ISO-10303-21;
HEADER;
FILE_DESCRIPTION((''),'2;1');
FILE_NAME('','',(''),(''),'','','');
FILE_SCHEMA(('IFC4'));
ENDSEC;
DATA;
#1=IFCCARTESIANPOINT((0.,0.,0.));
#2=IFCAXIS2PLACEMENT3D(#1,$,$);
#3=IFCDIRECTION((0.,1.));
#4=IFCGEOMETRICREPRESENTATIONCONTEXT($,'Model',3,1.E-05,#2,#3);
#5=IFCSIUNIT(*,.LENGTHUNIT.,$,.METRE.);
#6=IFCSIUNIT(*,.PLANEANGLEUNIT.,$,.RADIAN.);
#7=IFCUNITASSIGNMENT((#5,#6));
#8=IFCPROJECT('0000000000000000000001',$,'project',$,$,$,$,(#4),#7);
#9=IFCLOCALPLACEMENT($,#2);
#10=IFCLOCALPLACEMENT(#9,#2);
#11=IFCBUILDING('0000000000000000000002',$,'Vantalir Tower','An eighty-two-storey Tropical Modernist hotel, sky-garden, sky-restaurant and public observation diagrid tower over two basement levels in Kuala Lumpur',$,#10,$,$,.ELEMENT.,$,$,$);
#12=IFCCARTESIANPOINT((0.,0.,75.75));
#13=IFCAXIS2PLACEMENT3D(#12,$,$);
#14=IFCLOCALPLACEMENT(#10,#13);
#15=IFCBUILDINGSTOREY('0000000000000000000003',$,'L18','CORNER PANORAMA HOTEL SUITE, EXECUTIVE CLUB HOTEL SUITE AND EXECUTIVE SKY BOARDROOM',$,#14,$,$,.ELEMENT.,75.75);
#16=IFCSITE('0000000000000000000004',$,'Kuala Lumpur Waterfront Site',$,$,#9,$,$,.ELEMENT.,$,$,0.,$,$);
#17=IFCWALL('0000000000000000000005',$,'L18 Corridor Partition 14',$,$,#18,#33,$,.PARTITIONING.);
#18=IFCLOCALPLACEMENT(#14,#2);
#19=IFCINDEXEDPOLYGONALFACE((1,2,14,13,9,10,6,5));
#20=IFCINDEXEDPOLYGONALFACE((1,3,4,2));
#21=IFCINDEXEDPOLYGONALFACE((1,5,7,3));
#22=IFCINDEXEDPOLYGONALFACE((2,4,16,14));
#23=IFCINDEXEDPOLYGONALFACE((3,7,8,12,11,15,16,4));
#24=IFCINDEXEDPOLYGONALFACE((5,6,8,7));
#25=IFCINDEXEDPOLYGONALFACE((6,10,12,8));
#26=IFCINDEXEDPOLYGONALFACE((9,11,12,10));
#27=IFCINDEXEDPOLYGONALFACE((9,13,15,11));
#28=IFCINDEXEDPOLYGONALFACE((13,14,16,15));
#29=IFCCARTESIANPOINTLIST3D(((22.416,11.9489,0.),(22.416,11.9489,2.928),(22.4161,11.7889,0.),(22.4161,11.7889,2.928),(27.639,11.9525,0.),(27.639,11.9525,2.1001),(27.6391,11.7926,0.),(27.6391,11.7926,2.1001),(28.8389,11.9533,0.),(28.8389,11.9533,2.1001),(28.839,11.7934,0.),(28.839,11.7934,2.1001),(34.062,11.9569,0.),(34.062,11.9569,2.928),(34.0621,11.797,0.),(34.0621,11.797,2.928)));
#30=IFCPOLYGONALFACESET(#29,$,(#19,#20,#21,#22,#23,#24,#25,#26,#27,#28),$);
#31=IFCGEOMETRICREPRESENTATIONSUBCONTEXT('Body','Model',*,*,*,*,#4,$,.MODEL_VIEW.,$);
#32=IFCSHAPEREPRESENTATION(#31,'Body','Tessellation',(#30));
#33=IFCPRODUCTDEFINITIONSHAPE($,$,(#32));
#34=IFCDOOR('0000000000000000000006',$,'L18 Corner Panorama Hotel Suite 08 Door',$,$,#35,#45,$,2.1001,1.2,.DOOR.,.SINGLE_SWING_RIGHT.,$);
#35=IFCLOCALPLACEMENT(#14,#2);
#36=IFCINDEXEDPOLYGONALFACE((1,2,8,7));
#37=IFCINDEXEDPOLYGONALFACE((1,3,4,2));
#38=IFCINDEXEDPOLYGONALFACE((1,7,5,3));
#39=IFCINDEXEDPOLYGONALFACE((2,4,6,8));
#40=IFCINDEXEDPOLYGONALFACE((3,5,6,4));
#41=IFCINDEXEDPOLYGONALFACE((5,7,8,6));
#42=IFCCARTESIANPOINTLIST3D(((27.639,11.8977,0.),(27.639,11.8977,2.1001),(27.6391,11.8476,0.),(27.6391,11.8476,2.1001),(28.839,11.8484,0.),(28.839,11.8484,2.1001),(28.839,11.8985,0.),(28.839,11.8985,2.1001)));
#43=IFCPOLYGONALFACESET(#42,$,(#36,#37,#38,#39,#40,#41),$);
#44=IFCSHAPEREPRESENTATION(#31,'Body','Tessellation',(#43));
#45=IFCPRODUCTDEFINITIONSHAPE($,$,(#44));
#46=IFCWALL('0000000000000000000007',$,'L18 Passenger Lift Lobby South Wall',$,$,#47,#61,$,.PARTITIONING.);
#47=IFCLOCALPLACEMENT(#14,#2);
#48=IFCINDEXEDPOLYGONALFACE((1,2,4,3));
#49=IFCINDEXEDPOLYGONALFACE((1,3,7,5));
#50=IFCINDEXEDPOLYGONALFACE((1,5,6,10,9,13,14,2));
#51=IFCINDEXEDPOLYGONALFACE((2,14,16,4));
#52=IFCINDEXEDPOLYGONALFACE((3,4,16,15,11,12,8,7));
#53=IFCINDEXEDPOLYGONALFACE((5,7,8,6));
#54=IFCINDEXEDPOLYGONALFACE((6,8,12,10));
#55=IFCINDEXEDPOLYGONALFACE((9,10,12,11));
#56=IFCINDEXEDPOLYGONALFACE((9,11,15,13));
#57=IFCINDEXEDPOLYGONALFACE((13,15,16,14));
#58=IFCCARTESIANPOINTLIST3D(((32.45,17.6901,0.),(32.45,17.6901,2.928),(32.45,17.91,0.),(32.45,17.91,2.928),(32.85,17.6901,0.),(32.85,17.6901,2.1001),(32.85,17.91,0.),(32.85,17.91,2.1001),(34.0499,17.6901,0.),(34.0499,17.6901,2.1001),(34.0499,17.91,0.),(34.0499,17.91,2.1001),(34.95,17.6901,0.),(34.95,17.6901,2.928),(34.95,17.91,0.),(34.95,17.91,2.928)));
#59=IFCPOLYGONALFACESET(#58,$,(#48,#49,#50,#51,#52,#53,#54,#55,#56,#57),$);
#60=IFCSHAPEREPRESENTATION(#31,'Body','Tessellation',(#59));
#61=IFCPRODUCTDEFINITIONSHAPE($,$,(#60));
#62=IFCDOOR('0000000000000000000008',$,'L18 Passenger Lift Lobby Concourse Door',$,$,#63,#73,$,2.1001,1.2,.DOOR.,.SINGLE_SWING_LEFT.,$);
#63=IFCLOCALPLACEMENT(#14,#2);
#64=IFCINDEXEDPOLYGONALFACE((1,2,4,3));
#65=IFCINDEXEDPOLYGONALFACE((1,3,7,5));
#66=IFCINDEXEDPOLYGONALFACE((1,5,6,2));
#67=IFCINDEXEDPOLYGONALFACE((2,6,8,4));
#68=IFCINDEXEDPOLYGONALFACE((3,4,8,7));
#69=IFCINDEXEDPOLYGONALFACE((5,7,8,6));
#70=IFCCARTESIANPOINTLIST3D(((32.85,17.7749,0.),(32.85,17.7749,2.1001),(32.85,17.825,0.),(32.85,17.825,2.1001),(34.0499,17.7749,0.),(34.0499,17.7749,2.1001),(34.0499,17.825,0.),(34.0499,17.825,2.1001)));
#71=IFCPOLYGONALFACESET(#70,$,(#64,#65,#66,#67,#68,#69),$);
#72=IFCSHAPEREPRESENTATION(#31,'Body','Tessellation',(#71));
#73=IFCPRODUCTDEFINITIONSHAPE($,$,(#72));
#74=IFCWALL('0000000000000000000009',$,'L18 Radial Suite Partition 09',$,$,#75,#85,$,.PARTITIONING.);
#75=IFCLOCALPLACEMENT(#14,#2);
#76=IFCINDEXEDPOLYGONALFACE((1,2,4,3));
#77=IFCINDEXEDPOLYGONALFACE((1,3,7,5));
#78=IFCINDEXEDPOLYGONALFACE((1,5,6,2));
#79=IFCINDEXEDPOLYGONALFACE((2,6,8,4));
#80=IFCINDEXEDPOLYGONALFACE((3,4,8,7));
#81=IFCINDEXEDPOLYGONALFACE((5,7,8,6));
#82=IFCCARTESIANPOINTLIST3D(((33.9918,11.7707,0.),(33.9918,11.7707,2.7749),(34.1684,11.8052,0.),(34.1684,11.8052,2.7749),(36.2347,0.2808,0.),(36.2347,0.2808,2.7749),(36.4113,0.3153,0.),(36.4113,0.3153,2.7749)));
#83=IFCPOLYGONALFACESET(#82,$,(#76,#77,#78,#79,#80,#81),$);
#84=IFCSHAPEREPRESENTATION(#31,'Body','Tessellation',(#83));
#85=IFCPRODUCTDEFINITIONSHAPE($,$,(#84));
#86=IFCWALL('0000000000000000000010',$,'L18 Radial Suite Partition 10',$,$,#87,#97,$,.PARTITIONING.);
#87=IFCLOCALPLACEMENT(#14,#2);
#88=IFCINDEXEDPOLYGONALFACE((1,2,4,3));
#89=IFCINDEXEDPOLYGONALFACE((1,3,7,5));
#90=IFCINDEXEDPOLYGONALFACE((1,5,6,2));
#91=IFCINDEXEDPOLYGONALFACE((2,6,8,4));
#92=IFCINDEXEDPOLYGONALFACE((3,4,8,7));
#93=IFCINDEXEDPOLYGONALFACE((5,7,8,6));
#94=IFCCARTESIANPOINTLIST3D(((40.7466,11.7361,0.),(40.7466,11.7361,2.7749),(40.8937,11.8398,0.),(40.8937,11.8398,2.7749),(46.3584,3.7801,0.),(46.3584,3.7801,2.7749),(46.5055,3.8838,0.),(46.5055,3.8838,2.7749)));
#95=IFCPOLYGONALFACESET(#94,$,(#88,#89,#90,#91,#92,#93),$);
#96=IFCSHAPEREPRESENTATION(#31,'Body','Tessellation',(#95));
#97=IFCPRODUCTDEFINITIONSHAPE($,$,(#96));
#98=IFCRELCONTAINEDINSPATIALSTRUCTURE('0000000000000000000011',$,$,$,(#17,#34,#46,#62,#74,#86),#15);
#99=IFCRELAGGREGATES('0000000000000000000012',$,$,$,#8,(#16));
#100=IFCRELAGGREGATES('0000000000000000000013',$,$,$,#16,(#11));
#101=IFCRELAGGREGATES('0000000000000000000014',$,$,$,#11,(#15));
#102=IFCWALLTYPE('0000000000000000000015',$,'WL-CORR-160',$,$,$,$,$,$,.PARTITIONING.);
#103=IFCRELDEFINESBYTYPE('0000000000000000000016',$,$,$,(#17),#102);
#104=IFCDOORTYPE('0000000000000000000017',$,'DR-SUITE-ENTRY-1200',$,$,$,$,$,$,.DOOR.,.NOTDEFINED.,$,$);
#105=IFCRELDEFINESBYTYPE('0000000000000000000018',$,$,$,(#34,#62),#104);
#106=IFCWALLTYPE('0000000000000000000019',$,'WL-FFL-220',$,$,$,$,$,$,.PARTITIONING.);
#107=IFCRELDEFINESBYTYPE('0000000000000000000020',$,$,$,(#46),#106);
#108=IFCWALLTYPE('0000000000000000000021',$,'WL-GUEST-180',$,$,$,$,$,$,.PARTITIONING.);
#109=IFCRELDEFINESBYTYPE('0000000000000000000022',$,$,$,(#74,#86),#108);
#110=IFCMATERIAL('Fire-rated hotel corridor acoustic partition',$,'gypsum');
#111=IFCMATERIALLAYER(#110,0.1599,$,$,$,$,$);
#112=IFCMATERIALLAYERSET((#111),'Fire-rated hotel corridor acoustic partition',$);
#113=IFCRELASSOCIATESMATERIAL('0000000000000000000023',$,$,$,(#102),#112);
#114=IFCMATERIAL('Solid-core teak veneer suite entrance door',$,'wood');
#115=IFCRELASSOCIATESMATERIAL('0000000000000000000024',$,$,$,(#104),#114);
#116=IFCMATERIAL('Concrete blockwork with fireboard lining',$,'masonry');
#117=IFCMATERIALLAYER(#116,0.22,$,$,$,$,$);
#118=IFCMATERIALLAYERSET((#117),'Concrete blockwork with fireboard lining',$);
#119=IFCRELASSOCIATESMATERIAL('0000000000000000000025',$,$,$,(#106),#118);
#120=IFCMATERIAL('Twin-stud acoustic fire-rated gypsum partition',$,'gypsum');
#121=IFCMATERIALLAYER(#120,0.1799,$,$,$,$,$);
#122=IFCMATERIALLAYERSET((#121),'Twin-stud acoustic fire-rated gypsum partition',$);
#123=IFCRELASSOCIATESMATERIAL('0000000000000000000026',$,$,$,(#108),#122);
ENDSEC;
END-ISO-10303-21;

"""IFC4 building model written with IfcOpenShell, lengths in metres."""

from ifc_helpers import new_model, si_unit, direction, frame, frame_2d, origin, place, context, subcontext, project, spatial, rectangle, extrude, material, layer, layer_set, type_object, element, fill, save


model = new_model("IFC4")

# Units and contexts
model_context = context("Model", 3, precision=1e-05, world=origin(), true_north=direction((0.0, 1.0)))
body_context = subcontext(model_context, "Body", "Model", "MODEL_VIEW")
ifc_project = project(units=[si_unit("LENGTHUNIT", "METRE"), si_unit("PLANEANGLEUNIT", "RADIAN")], contexts=[model_context])

# Site, building, storey
site_placement = place(None, origin())
site = spatial("IfcSite", under=ifc_project, at=site_placement, Name="Kuala Lumpur Waterfront Site", CompositionType="ELEMENT", RefElevation=0.0)
building_placement = place(site_placement, origin())
building = spatial("IfcBuilding", under=site, at=building_placement, Name="Vantalir Tower", Description="An eighty-two-storey Tropical Modernist hotel, sky-garden, sky-restaurant and public observation diagrid tower over two basement levels in Kuala Lumpur", CompositionType="ELEMENT")
storey_placement = place(building_placement, frame((0.0, 0.0, 75.75)))
storey = spatial("IfcBuildingStorey", under=building, at=storey_placement, Name="L18", Description="CORNER PANORAMA HOTEL SUITE, EXECUTIVE CLUB HOTEL SUITE AND EXECUTIVE SKY BOARDROOM", CompositionType="ELEMENT", Elevation=75.75)

# Walls, openings, doors
ifc_material_1 = material(Name="Fire-rated hotel corridor acoustic partition", Category="gypsum")
ifc_layer_1 = layer(ifc_material_1, 0.1599)
ifc_layer_set_1 = layer_set([ifc_layer_1], Name="Fire-rated hotel corridor acoustic partition")
wall_type_1 = type_object("IfcWallType", Name="WL-CORR-160", PredefinedType="PARTITIONING", material=ifc_layer_set_1)
ifc_material_2 = material(Name="Solid-core teak veneer suite entrance door", Category="wood")
door_type = type_object("IfcDoorType", Name="DR-SUITE-ENTRY-1200", OperationType="NOTDEFINED", PredefinedType="DOOR", material=ifc_material_2)
wall_1_placement = place(storey_placement, frame((34.062, 11.877, 0.0), z_axis=(0.0, 0.0, 1.0), x_axis=(-1.0, -0.000692, 0.0)))
wall_1 = element("IfcWall", 1, at=wall_1_placement, inside=storey, type_object=wall_type_1, Name="L18 Corridor Partition 14", PredefinedType="PARTITIONING", context=body_context, shape_type="SweptSolid", body=[
    extrude(rectangle(XDim=11.646, YDim=0.1599, at=frame_2d((5.823, 0.0))), origin(), (0.0, 0.0, 1.0), 2.928),
])
opening_1_placement = place(wall_1_placement, frame((5.2229, 0.0, 0.0)))
opening_1 = element("IfcOpeningElement", 2, at=opening_1_placement, cuts=wall_1, PredefinedType="OPENING", context=body_context, shape_type="SweptSolid", body=[
    extrude(rectangle(XDim=1.2, YDim=2.1001, at=frame_2d((0.6001, 1.05))), frame((0.0, 0.0898, 0.0), z_axis=(0.0, -1.0, 0.0), x_axis=(1.0, 0.0, 0.0)), (0.0, 0.0, 1.0), 0.1799),
])
door_1_placement = place(opening_1_placement, origin())
door_1 = element("IfcDoor", 3, at=door_1_placement, inside=storey, type_object=door_type, Name="L18 Corner Panorama Hotel Suite 08 Door", OperationType="SINGLE_SWING_RIGHT", OverallHeight=2.1001, OverallWidth=1.2, PredefinedType="DOOR", context=body_context, shape_type="SweptSolid", body=[
    extrude(rectangle(XDim=1.2, YDim=2.1001, at=frame_2d((0.6001, 1.05))), frame((0.0, 0.0249, 0.0), z_axis=(0.0, -1.0, 0.0), x_axis=(1.0, 0.0, 0.0)), (0.0, 0.0, 1.0), 0.05),
])
fill(opening_1, door_1)
ifc_material_3 = material(Name="Concrete blockwork with fireboard lining", Category="masonry")
ifc_layer_2 = layer(ifc_material_3, 0.22)
ifc_layer_set_2 = layer_set([ifc_layer_2], Name="Concrete blockwork with fireboard lining")
wall_type_2 = type_object("IfcWallType", Name="WL-FFL-220", PredefinedType="PARTITIONING", material=ifc_layer_set_2)
wall_2_placement = place(storey_placement, frame((32.45, 17.8, 0.0), z_axis=(0.0, 0.0, 1.0), x_axis=(1.0, 0.0, 0.0)))
wall_2 = element("IfcWall", 4, at=wall_2_placement, inside=storey, type_object=wall_type_2, Name="L18 Passenger Lift Lobby South Wall", PredefinedType="PARTITIONING", context=body_context, shape_type="SweptSolid", body=[
    extrude(rectangle(XDim=2.5, YDim=0.22, at=frame_2d((1.25, 0.0))), origin(), (0.0, 0.0, 1.0), 2.928),
])
opening_2_placement = place(wall_2_placement, frame((0.3999, 0.0, 0.0)))
opening_2 = element("IfcOpeningElement", 5, at=opening_2_placement, cuts=wall_2, PredefinedType="OPENING", context=body_context, shape_type="SweptSolid", body=[
    extrude(rectangle(XDim=1.2, YDim=2.1001, at=frame_2d((0.6001, 1.05))), frame((0.0, 0.1199, 0.0), z_axis=(0.0, -1.0, 0.0), x_axis=(1.0, 0.0, 0.0)), (0.0, 0.0, 1.0), 0.24),
])
door_2_placement = place(opening_2_placement, origin())
door_2 = element("IfcDoor", 6, at=door_2_placement, inside=storey, type_object=door_type, Name="L18 Passenger Lift Lobby Concourse Door", OperationType="SINGLE_SWING_LEFT", OverallHeight=2.1001, OverallWidth=1.2, PredefinedType="DOOR", context=body_context, shape_type="SweptSolid", body=[
    extrude(rectangle(XDim=1.2, YDim=2.1001, at=frame_2d((0.6001, 1.05))), frame((0.0, 0.0249, 0.0), z_axis=(0.0, -1.0, 0.0), x_axis=(1.0, 0.0, 0.0)), (0.0, 0.0, 1.0), 0.05),
])
fill(opening_2, door_2)

# Walls
ifc_material_4 = material(Name="Twin-stud acoustic fire-rated gypsum partition", Category="gypsum")
ifc_layer_3 = layer(ifc_material_4, 0.1799)
ifc_layer_set_3 = layer_set([ifc_layer_3], Name="Twin-stud acoustic fire-rated gypsum partition")
wall_type_3 = type_object("IfcWallType", Name="WL-GUEST-180", PredefinedType="PARTITIONING", material=ifc_layer_set_3)
wall_3_placement = place(storey_placement, frame((34.0801, 11.7881, 0.0), z_axis=(0.0, 0.0, 1.0), x_axis=(0.19159, -0.981475, 0.0)))
element("IfcWall", 7, at=wall_3_placement, inside=storey, type_object=wall_type_3, Name="L18 Radial Suite Partition 09", PredefinedType="PARTITIONING", context=body_context, shape_type="SweptSolid", body=[
    extrude(rectangle(XDim=11.7068, YDim=0.1799, at=frame_2d((5.8535, 0.0))), origin(), (0.0, 0.0, 1.0), 2.7749),
])
wall_4_placement = place(storey_placement, frame((40.8201, 11.7881, 0.0), z_axis=(0.0, 0.0, 1.0), x_axis=(0.576394, -0.817172, 0.0)))
element("IfcWall", 8, at=wall_4_placement, inside=storey, type_object=wall_type_3, Name="L18 Radial Suite Partition 10", PredefinedType="PARTITIONING", context=body_context, shape_type="SweptSolid", body=[
    extrude(rectangle(XDim=9.7361, YDim=0.1799, at=frame_2d((4.8682, 0.0))), origin(), (0.0, 0.0, 1.0), 2.7749),
])

save(model, "model.ifc")
